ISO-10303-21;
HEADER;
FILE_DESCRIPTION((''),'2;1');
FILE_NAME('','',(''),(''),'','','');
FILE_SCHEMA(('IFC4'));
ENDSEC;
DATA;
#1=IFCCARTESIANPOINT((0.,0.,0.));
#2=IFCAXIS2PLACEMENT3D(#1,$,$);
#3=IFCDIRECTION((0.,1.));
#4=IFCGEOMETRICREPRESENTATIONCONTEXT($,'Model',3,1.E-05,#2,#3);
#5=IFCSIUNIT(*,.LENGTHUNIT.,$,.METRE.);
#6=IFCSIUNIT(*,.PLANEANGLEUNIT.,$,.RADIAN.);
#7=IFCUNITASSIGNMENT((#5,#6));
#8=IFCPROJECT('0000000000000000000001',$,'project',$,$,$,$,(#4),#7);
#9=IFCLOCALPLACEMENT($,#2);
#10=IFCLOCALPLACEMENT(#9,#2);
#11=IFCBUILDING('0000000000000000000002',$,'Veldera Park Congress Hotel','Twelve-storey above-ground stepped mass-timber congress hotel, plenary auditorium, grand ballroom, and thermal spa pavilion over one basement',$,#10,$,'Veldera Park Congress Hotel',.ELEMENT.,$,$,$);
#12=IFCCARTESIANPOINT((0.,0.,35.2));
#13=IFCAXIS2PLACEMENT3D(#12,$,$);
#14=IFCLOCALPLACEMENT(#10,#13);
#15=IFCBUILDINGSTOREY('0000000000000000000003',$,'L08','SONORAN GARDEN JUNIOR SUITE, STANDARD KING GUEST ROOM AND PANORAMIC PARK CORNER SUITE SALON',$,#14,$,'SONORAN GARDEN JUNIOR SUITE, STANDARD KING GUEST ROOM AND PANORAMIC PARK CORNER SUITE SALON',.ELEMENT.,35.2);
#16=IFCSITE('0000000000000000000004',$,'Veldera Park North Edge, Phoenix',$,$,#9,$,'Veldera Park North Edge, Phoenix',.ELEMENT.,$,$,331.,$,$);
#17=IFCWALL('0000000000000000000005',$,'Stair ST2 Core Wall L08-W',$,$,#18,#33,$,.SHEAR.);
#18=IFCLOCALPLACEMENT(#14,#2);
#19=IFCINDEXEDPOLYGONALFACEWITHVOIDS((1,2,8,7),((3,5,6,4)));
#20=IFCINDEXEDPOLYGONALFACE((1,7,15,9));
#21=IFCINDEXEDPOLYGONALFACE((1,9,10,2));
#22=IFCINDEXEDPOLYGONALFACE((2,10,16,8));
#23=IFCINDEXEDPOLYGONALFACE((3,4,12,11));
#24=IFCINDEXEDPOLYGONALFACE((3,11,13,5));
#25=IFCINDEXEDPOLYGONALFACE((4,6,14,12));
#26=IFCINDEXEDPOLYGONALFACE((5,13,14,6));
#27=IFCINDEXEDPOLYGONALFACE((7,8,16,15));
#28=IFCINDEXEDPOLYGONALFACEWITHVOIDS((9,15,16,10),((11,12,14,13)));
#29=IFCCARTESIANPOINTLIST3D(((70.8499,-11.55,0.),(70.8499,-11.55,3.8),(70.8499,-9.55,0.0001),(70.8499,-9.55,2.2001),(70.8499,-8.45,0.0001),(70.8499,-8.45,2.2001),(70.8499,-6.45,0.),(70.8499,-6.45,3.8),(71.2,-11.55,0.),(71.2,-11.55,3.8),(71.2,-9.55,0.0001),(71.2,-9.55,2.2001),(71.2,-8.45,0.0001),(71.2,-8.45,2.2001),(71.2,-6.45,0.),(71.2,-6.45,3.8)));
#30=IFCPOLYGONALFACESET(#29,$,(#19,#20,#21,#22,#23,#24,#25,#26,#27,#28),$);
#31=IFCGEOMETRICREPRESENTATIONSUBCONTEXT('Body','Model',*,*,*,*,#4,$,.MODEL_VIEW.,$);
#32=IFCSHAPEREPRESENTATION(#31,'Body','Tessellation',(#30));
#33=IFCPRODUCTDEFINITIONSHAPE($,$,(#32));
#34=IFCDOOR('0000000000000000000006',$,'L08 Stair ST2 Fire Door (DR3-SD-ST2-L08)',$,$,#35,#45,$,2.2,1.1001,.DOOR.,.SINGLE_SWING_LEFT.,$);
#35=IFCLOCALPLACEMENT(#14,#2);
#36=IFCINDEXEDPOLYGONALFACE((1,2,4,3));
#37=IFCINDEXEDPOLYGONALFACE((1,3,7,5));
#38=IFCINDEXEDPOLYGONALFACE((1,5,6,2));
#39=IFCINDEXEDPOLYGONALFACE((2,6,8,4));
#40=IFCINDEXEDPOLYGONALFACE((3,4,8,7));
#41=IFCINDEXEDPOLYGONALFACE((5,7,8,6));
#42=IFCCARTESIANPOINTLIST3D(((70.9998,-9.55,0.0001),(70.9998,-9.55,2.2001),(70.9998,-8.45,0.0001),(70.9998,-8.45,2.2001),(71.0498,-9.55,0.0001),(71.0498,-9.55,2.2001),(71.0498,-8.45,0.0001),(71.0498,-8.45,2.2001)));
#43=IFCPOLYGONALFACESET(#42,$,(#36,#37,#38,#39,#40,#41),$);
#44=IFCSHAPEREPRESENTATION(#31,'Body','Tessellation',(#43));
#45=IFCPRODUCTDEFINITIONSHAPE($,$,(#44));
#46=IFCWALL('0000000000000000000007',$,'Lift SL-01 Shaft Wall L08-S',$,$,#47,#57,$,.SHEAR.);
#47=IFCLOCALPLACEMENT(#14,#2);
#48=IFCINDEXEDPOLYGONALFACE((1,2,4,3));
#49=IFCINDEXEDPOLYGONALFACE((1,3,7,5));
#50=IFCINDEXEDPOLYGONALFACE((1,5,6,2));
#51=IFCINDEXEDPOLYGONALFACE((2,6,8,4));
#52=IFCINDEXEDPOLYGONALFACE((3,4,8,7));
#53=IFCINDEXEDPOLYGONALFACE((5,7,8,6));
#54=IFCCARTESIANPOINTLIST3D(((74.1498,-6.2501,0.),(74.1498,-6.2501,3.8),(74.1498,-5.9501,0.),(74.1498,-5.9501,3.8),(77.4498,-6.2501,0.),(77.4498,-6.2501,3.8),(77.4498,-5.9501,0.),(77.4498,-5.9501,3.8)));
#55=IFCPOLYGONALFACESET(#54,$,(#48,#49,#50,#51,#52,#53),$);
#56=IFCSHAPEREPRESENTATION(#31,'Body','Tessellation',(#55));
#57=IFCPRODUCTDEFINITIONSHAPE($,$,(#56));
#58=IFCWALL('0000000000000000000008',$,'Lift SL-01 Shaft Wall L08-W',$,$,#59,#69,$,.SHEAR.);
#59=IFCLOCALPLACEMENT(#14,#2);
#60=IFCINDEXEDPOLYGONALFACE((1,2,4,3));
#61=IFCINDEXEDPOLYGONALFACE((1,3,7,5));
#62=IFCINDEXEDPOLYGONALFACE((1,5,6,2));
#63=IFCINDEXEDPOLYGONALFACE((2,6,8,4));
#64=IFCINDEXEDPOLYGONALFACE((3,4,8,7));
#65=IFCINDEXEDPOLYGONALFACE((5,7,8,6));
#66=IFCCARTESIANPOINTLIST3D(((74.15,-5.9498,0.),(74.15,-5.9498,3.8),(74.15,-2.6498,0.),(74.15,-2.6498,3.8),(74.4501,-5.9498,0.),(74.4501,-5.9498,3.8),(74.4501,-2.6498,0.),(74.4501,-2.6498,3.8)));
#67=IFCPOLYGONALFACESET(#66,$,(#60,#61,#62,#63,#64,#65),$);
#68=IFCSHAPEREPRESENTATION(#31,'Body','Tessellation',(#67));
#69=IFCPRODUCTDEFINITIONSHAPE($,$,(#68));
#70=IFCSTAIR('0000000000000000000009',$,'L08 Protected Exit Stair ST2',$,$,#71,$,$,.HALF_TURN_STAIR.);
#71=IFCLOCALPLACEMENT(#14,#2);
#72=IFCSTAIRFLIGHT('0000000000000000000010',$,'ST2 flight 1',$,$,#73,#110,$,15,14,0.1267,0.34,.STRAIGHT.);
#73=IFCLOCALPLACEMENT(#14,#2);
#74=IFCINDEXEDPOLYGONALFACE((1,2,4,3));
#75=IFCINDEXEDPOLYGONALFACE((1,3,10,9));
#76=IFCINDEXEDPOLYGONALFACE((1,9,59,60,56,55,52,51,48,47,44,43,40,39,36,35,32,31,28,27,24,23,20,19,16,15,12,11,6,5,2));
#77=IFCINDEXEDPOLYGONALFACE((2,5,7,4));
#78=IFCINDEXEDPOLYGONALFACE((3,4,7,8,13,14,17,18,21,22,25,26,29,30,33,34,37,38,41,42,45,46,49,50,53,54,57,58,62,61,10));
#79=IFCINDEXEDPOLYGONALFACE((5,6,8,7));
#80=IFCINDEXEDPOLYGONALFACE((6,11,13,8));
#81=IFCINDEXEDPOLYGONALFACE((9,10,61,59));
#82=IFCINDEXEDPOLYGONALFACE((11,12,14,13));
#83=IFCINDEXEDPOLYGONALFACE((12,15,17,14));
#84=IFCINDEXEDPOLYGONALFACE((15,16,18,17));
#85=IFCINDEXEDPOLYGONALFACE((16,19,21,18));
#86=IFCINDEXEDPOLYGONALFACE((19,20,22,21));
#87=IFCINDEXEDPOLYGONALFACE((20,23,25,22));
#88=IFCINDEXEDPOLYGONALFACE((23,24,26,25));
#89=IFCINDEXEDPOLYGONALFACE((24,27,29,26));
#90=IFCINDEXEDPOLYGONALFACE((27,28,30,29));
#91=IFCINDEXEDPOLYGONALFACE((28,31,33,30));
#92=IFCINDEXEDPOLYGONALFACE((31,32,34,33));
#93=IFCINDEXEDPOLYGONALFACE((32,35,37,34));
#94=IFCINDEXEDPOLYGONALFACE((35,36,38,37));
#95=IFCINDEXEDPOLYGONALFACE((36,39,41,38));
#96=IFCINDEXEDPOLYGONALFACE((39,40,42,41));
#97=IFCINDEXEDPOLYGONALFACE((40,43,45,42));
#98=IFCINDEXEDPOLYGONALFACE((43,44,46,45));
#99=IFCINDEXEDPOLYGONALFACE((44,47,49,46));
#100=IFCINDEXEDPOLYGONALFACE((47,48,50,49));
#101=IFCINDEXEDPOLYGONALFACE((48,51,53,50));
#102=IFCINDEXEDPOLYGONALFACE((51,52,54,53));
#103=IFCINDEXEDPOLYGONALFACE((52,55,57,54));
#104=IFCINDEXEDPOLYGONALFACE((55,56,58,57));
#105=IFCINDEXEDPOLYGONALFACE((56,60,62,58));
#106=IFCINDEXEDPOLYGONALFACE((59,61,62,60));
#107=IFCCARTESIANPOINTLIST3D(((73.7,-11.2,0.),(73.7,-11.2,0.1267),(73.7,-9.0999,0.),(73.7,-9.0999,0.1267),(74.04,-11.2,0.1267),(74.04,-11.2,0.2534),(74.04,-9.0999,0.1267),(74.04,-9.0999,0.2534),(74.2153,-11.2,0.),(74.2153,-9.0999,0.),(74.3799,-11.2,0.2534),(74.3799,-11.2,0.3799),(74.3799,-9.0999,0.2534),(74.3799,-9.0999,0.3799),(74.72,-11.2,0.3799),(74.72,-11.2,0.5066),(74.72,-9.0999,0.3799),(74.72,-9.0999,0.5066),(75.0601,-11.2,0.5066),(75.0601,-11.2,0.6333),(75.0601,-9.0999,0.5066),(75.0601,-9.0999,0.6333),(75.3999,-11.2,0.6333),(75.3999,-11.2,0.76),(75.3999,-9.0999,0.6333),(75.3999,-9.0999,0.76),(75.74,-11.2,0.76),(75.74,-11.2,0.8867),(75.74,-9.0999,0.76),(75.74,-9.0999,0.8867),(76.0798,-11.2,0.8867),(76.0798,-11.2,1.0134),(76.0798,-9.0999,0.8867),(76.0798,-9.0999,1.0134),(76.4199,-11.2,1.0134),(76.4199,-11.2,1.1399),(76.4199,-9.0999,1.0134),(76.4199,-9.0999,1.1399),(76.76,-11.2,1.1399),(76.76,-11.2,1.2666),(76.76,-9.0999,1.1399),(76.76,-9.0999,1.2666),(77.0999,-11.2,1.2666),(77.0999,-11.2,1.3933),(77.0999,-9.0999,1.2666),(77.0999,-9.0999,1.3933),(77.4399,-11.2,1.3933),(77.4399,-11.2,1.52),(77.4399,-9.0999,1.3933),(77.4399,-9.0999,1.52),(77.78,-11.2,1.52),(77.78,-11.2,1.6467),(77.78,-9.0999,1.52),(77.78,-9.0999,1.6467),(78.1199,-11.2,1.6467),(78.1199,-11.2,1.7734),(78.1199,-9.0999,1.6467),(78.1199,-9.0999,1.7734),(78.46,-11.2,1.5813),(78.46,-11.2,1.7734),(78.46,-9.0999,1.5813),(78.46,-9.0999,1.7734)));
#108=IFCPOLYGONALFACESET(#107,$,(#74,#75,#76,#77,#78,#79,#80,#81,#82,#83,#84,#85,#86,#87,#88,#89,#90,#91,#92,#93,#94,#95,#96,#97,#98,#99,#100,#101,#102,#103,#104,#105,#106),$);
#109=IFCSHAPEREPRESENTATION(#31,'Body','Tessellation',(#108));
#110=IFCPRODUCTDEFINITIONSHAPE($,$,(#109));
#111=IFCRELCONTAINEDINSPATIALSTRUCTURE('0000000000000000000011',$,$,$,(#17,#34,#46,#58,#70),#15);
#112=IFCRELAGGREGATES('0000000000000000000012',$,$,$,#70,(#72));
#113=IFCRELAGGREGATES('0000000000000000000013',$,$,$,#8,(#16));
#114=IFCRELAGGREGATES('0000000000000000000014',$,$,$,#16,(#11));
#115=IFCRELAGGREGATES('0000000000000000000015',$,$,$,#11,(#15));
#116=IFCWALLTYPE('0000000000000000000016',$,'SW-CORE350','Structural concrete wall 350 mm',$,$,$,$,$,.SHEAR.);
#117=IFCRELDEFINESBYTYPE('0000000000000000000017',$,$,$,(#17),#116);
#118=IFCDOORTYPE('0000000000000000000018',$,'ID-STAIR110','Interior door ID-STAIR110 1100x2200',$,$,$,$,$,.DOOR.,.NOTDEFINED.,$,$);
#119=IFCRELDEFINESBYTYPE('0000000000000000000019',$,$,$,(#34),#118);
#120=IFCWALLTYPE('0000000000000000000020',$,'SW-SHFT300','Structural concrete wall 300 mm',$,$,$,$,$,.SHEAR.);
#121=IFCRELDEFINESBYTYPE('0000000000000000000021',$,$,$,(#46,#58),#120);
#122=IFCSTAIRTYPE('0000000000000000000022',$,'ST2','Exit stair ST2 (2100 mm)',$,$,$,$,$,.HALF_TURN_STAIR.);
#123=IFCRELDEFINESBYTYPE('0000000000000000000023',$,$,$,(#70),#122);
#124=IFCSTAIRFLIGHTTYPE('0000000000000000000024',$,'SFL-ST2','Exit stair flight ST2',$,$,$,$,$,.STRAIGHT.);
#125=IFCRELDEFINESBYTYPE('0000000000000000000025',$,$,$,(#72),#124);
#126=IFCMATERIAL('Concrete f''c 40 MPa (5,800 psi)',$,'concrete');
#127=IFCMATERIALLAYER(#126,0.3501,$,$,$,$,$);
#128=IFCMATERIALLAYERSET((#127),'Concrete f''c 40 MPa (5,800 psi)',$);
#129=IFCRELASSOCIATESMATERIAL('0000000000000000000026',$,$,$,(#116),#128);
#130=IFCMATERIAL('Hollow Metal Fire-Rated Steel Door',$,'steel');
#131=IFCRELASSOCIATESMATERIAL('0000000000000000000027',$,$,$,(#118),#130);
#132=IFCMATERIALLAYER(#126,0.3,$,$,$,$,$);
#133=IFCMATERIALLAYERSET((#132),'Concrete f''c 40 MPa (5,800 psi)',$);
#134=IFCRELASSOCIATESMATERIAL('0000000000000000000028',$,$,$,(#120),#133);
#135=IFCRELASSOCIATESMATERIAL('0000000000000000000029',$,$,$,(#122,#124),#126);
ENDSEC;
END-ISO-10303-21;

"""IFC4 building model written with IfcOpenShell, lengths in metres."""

from ifc_helpers import new_model, si_unit, direction, frame, frame_2d, origin, place, context, subcontext, project, spatial, polyline, rectangle, outline, extrude, material, layer, layer_set, type_object, element, fill, aggregate, save


model = new_model("IFC4")

# Units and contexts
model_context = context("Model", 3, precision=1e-05, world=origin(), true_north=direction((0.0, 1.0)))
body_context = subcontext(model_context, "Body", "Model", "MODEL_VIEW")
ifc_project = project(units=[si_unit("LENGTHUNIT", "METRE"), si_unit("PLANEANGLEUNIT", "RADIAN")], contexts=[model_context])

# Site, building, storey
site_placement = place(None, origin())
site = spatial("IfcSite", under=ifc_project, at=site_placement, Name="Veldera Park North Edge, Phoenix", LongName="Veldera Park North Edge, Phoenix", CompositionType="ELEMENT", RefElevation=331.0)
building_placement = place(site_placement, origin())
building = spatial("IfcBuilding", under=site, at=building_placement, Name="Veldera Park Congress Hotel", Description="Twelve-storey above-ground stepped mass-timber congress hotel, plenary auditorium, grand ballroom, and thermal spa pavilion over one basement", LongName="Veldera Park Congress Hotel", CompositionType="ELEMENT")
storey_placement = place(building_placement, frame((0.0, 0.0, 35.2)))
storey = spatial("IfcBuildingStorey", under=building, at=storey_placement, Name="L08", Description="SONORAN GARDEN JUNIOR SUITE, STANDARD KING GUEST ROOM AND PANORAMIC PARK CORNER SUITE SALON", LongName="SONORAN GARDEN JUNIOR SUITE, STANDARD KING GUEST ROOM AND PANORAMIC PARK CORNER SUITE SALON", CompositionType="ELEMENT", Elevation=35.2)

# Shared definitions
ifc_material_1 = material(Name="Concrete f'c 40 MPa (5,800 psi)", Category="concrete")

# Shared definitions
ifc_layer_1 = layer(ifc_material_1, 0.3501)
ifc_layer_set_1 = layer_set([ifc_layer_1], Name="Concrete f'c 40 MPa (5,800 psi)")
wall_type_1 = type_object("IfcWallType", Name="SW-CORE350", Description="Structural concrete wall 350 mm", PredefinedType="SHEAR", material=ifc_layer_set_1)

# Wall, opening, door
wall_1_placement = place(storey_placement, frame((71.0249, -6.45, 0.0), z_axis=(0.0, 0.0, 1.0), x_axis=(0.0, -1.0, 0.0)))
wall_1 = element("IfcWall", 1, at=wall_1_placement, inside=storey, type_object=wall_type_1, Name="Stair ST2 Core Wall L08-W", PredefinedType="SHEAR", context=body_context, shape_type="SweptSolid", body=[
    extrude(rectangle(XDim=5.1001, YDim=0.3501, at=frame_2d((2.55, 0.0))), origin(), (0.0, 0.0, 1.0), 3.8),
])
opening_1_placement = place(wall_1_placement, frame((2.0, 0.0, 0.0)))
opening_1 = element("IfcOpeningElement", 2, at=opening_1_placement, cuts=wall_1, PredefinedType="OPENING", context=body_context, shape_type="SweptSolid", body=[
    extrude(rectangle(XDim=1.1001, YDim=2.2, at=frame_2d((0.55, 1.1001))), frame((0.0, 0.187, 0.0), z_axis=(0.0, -1.0, 0.0), x_axis=(1.0, 0.0, 0.0)), (0.0, 0.0, 1.0), 0.374),
])
ifc_material_2 = material(Name="Hollow Metal Fire-Rated Steel Door", Category="steel")
door_type_1 = type_object("IfcDoorType", Name="ID-STAIR110", Description="Interior door ID-STAIR110 1100x2200", OperationType="NOTDEFINED", PredefinedType="DOOR", material=ifc_material_2)
door_1_placement = place(opening_1_placement, origin())
door_1 = element("IfcDoor", 3, at=door_1_placement, inside=storey, type_object=door_type_1, Name="L08 Stair ST2 Fire Door (DR3-SD-ST2-L08)", OperationType="SINGLE_SWING_LEFT", OverallHeight=2.2, OverallWidth=1.1001, PredefinedType="DOOR", context=body_context, shape_type="SweptSolid", body=[
    extrude(rectangle(XDim=1.1001, YDim=2.2, at=frame_2d((0.55, 1.1001))), frame((0.0, 0.0249, 0.0), z_axis=(0.0, -1.0, 0.0), x_axis=(1.0, 0.0, 0.0)), (0.0, 0.0, 1.0), 0.05),
])
fill(opening_1, door_1)

# Walls
ifc_layer_2 = layer(ifc_material_1, 0.3)
ifc_layer_set_2 = layer_set([ifc_layer_2], Name="Concrete f'c 40 MPa (5,800 psi)")
wall_type_2 = type_object("IfcWallType", Name="SW-SHFT300", Description="Structural concrete wall 300 mm", PredefinedType="SHEAR", material=ifc_layer_set_2)
for number, where, z_axis, x_axis, name in (
    (4, (74.1499, -6.1001, 0.0), (0.0, 0.0, 1.0), (1.0, 0.0, 0.0), "Lift SL-01 Shaft Wall L08-S"),
    (5, (74.3, -2.6499, 0.0), (0.0, 0.0, 1.0), (0.0, -1.0, 0.0), "Lift SL-01 Shaft Wall L08-W"),
):
    element("IfcWall", number, at=place(storey_placement, frame(where, z_axis=z_axis, x_axis=x_axis)), inside=storey, type_object=wall_type_2, Name=name, PredefinedType="SHEAR", context=body_context, shape_type="SweptSolid", body=[
        extrude(rectangle(XDim=3.3, YDim=0.3, at=frame_2d((1.6499, 0.0))), origin(), (0.0, 0.0, 1.0), 3.8),
    ])

# Stair, stair flight
stair_type = type_object("IfcStairType", Name="ST2", Description="Exit stair ST2 (2100 mm)", PredefinedType="HALF_TURN_STAIR", material=ifc_material_1)
stair_placement = place(storey_placement, origin())
stair = element("IfcStair", 6, at=stair_placement, inside=storey, type_object=stair_type, Name="L08 Protected Exit Stair ST2", PredefinedType="HALF_TURN_STAIR")
stair_flight_type = type_object("IfcStairFlightType", Name="SFL-ST2", Description="Exit stair flight ST2", PredefinedType="STRAIGHT", material=ifc_material_1)
stair_flight_placement = place(storey_placement, frame((73.7, -10.1499, 0.0), z_axis=(0.0, 0.0, 1.0), x_axis=(1.0, 0.0, 0.0)))
stair_flight = element("IfcStairFlight", 7, at=stair_flight_placement, type_object=stair_flight_type, Name="ST2 flight 1", NumberOfRisers=15, NumberOfTreads=14, PredefinedType="STRAIGHT", RiserHeight=0.1267, TreadLength=0.34, context=body_context, shape_type="SweptSolid", body=[
    extrude(outline(polyline([(0.0, 0.0), (0.0, 0.1267), (0.3401, 0.1267), (0.3401, 0.2534), (0.6799, 0.2534), (0.6799, 0.3799), (1.02, 0.3799), (1.02, 0.5066), (1.3601, 0.5066), (1.3601, 0.6333), (1.7, 0.6333), (1.7, 0.76), (2.04, 0.76), (2.04, 0.8867), (2.3799, 0.8867), (2.3799, 1.0134), (2.72, 1.0134), (2.72, 1.1399), (3.0601, 1.1399), (3.0601, 1.2666), (3.3999, 1.2666), (3.3999, 1.3933), (3.74, 1.3933), (3.74, 1.52), (4.0801, 1.52), (4.0801, 1.6467), (4.4199, 1.6467), (4.4199, 1.7734), (4.76, 1.7734), (4.76, 1.8999), (4.76, 1.8999), (4.76, 1.5813), (0.5154, 0.0), (0.0, 0.0)])), frame((0.0, 1.05, 0.0), z_axis=(0.0, -1.0, 0.0), x_axis=(1.0, 0.0, 0.0)), (0.0, 0.0, 1.0), 2.1001),
])
aggregate(stair, [stair_flight])

save(model, "model.ifc")
